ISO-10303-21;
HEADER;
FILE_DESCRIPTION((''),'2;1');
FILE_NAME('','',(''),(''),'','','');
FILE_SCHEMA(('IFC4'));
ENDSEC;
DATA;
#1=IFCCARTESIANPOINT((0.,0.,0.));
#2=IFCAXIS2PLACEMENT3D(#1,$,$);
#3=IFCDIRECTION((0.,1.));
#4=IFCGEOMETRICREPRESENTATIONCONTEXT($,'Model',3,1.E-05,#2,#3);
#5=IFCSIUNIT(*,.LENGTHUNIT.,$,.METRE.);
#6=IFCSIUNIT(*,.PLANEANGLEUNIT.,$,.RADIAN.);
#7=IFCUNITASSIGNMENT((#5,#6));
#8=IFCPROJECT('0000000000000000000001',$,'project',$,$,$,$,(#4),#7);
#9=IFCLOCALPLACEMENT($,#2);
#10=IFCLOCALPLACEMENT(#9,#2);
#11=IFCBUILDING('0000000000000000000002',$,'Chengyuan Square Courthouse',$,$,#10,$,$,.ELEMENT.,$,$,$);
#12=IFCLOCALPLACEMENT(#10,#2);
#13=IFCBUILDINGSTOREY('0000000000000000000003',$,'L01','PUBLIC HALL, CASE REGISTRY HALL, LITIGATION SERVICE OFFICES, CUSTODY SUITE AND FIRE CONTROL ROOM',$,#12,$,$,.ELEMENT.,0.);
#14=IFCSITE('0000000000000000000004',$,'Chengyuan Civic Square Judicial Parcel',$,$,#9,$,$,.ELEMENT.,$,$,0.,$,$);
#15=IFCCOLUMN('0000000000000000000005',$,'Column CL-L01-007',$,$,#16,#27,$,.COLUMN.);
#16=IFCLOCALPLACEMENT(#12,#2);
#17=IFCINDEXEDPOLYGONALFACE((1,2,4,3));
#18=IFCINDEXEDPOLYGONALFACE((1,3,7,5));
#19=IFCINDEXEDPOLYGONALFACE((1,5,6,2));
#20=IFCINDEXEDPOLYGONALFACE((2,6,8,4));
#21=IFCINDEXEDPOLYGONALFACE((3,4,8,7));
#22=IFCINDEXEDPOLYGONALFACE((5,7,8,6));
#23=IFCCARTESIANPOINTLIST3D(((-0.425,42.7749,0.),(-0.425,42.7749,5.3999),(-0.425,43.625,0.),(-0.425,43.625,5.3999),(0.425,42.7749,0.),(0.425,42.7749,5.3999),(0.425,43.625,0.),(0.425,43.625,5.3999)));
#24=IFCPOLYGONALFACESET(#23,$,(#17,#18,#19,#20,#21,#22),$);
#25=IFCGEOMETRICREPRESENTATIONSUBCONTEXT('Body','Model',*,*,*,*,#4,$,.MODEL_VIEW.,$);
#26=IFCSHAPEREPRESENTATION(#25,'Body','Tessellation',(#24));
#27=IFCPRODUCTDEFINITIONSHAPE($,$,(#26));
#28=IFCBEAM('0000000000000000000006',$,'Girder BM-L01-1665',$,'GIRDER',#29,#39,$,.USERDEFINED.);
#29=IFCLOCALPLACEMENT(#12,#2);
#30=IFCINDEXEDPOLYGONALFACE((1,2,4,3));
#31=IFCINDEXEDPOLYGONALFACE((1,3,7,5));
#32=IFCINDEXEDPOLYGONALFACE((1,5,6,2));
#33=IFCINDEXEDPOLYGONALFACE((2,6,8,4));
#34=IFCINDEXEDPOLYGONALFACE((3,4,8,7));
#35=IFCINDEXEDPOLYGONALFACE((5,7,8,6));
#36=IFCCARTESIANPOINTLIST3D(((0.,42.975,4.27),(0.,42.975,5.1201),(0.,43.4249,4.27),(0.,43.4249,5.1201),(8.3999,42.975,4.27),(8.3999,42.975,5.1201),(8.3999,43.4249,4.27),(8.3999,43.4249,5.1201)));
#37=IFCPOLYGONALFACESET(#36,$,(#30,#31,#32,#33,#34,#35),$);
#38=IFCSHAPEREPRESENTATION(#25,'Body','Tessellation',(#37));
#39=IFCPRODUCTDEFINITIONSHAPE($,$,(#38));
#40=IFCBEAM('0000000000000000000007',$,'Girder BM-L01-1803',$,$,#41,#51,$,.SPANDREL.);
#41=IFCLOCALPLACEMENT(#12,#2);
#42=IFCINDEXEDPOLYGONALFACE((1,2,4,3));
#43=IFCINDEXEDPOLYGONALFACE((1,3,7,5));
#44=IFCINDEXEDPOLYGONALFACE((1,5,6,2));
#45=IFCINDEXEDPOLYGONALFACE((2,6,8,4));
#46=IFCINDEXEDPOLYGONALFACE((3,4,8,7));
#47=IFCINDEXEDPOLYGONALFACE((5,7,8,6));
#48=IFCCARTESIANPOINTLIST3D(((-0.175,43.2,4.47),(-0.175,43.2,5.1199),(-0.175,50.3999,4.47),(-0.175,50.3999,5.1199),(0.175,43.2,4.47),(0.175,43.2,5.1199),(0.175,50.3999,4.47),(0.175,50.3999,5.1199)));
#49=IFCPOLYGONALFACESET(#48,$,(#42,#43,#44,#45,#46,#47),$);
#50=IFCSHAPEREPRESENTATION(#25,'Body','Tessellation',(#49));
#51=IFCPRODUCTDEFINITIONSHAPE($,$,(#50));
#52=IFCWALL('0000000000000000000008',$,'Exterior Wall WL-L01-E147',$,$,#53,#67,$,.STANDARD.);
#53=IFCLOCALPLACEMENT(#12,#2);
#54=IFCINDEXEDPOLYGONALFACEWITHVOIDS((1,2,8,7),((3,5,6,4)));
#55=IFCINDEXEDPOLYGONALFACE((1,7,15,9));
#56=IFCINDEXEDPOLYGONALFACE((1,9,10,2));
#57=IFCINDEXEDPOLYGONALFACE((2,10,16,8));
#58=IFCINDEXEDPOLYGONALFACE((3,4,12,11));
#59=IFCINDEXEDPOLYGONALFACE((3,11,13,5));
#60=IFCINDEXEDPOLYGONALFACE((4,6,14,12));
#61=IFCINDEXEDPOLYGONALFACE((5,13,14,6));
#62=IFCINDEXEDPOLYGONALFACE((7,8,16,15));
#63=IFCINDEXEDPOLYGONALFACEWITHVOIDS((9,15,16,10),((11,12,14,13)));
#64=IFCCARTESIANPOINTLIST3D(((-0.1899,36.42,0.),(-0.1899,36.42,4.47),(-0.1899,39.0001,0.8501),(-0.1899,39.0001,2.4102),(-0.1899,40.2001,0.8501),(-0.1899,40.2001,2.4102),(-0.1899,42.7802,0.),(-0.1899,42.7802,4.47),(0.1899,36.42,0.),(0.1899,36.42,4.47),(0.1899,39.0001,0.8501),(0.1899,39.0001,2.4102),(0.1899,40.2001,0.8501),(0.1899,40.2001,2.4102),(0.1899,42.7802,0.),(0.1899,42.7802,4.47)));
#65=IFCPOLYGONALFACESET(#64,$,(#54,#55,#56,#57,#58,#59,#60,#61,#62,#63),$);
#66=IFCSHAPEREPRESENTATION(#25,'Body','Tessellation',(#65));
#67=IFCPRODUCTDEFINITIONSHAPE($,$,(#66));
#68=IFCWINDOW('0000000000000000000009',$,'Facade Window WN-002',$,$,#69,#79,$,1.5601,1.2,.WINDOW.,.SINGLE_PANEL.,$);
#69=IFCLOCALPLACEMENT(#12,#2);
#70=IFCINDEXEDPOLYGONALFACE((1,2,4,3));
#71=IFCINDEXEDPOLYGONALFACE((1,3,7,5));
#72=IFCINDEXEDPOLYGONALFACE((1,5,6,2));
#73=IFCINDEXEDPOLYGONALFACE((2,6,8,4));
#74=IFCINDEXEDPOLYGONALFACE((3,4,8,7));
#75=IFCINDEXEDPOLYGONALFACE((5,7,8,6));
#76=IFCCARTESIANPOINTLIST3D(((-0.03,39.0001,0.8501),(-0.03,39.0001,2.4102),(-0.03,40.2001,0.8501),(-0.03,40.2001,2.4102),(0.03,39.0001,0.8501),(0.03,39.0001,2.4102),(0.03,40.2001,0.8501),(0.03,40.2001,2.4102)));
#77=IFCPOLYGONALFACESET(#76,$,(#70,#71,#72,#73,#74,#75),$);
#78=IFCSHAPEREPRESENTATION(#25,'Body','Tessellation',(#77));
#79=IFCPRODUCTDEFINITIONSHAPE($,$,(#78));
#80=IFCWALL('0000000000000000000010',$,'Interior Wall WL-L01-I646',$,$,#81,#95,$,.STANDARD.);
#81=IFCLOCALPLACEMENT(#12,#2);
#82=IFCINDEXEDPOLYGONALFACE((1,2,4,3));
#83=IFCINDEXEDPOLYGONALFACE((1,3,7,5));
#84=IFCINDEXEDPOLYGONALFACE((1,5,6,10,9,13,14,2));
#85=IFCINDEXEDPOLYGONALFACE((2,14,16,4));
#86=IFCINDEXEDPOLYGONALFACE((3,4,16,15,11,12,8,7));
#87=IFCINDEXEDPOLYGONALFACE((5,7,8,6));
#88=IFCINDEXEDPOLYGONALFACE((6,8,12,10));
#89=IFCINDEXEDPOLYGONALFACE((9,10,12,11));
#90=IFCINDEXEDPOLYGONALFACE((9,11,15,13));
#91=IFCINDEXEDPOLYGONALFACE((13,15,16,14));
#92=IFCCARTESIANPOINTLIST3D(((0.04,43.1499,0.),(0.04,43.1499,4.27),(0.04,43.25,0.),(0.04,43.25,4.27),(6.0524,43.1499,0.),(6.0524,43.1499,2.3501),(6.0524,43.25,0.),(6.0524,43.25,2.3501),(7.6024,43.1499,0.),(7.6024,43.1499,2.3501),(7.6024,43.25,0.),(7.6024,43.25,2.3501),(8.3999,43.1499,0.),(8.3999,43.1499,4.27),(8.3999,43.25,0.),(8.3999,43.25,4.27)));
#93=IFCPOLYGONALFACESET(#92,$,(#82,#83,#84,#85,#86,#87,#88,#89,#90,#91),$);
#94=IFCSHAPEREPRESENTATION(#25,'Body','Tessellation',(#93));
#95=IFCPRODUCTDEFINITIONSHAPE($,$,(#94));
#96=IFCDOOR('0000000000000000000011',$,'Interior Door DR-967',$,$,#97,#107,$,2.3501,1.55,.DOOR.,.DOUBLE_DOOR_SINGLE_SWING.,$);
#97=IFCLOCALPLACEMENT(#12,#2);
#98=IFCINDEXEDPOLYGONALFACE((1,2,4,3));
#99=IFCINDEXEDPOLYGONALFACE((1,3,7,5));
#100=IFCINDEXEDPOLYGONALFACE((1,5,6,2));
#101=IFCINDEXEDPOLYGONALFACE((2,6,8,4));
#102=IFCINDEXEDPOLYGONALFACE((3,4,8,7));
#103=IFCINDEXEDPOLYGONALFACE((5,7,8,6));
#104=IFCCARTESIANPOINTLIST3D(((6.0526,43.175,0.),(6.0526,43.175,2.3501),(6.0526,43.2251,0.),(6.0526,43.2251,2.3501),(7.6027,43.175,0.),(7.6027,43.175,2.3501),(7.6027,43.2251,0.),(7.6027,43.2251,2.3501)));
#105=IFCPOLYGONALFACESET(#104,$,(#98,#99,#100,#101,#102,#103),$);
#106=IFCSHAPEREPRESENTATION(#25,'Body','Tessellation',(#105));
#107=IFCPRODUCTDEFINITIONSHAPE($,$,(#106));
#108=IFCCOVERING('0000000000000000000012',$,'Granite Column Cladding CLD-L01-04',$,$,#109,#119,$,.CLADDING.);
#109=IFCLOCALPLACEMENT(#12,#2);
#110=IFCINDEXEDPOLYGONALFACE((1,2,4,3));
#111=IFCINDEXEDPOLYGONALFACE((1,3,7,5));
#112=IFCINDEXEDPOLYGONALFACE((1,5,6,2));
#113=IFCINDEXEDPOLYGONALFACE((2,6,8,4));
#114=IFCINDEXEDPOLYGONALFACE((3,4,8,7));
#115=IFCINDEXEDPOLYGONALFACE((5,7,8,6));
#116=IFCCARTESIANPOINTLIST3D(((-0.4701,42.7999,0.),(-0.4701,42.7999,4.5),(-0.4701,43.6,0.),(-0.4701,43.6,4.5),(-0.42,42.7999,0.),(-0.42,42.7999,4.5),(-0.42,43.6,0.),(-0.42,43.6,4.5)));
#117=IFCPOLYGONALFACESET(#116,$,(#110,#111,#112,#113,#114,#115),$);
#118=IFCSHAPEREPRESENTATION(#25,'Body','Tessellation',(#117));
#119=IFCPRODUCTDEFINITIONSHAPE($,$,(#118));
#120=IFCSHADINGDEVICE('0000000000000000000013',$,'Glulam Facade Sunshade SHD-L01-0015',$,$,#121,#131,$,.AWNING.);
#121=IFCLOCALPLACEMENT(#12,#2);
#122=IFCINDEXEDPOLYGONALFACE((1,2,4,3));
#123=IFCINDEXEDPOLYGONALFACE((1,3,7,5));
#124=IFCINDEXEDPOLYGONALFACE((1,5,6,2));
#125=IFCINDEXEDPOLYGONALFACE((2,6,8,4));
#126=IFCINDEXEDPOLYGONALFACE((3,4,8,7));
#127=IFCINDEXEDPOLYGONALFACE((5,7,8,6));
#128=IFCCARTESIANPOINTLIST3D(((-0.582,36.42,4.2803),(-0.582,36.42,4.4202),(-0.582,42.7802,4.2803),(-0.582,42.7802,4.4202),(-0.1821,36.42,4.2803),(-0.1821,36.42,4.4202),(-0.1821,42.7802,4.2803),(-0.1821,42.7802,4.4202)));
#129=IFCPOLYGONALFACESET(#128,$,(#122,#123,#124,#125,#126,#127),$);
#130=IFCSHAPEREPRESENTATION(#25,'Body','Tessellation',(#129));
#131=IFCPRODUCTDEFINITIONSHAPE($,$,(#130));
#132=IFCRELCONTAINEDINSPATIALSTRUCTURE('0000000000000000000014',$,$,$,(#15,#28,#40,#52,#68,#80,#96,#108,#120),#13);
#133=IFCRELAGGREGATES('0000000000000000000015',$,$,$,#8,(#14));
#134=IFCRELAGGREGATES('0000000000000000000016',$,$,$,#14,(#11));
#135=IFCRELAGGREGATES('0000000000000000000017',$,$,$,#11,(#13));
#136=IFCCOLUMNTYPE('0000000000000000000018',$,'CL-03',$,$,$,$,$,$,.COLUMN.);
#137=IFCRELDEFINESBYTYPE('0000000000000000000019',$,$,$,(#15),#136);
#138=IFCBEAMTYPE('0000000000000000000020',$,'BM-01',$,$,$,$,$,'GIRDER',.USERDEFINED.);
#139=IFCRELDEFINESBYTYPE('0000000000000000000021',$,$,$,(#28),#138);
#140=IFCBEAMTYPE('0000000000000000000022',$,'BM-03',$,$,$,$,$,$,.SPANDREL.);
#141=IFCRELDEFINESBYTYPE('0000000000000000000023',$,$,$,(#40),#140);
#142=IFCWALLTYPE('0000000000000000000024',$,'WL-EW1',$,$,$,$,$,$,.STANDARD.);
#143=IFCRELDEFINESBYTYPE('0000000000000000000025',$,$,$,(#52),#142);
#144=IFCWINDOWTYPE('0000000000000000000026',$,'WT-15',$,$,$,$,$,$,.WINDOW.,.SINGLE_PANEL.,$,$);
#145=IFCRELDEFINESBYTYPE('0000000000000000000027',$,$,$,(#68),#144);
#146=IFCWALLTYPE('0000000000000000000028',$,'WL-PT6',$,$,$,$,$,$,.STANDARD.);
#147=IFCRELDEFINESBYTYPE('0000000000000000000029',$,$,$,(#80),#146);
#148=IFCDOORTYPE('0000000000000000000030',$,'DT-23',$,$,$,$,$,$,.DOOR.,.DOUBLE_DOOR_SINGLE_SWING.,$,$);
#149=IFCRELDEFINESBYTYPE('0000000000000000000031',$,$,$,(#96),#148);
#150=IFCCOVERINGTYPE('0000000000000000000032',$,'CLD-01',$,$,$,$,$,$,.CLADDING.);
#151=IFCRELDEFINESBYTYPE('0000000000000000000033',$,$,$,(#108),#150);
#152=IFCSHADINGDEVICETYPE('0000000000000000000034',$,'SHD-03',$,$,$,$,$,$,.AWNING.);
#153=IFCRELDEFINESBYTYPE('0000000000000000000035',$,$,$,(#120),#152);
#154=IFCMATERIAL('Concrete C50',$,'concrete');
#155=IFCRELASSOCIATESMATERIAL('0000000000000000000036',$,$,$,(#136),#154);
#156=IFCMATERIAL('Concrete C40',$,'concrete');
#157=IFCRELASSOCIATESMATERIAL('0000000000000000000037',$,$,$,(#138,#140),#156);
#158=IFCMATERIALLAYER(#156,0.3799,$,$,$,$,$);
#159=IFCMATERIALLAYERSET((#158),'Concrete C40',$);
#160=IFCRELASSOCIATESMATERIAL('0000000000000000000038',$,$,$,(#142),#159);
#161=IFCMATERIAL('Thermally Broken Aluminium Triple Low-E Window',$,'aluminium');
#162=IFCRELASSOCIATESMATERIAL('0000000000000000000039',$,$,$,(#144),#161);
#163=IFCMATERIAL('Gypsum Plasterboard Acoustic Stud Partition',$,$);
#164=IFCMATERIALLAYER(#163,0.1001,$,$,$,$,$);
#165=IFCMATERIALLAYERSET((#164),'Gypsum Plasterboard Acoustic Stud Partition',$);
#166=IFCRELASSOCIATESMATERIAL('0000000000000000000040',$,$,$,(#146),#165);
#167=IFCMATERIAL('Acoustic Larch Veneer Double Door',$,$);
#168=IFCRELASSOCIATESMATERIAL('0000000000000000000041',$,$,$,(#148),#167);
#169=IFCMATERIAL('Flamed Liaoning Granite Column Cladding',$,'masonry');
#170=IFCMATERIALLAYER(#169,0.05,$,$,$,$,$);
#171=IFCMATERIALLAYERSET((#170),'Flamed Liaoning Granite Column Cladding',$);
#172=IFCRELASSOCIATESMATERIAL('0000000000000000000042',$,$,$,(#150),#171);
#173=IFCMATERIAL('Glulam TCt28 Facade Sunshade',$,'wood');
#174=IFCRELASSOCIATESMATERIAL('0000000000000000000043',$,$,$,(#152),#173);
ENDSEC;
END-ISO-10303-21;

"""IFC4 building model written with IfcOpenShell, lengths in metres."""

from ifc_helpers import new_model, si_unit, direction, frame, frame_2d, origin, origin_2d, place, context, subcontext, project, spatial, rectangle, extrude, material, layer, layer_set, material_profile, profile_set, type_object, element, fill, save


model = new_model("IFC4")

# Units and contexts
model_context = context("Model", 3, precision=1e-05, world=origin(), true_north=direction((0.0, 1.0)))
body_context = subcontext(model_context, "Body", "Model", "MODEL_VIEW")
ifc_project = project(units=[si_unit("LENGTHUNIT", "METRE"), si_unit("PLANEANGLEUNIT", "RADIAN")], contexts=[model_context])

# Site, building, storey
site_placement = place(None, origin())
site = spatial("IfcSite", under=ifc_project, at=site_placement, Name="Chengyuan Civic Square Judicial Parcel", CompositionType="ELEMENT", RefElevation=0.0)
building_placement = place(site_placement, origin())
building = spatial("IfcBuilding", under=site, at=building_placement, Name="Chengyuan Square Courthouse", CompositionType="ELEMENT")
storey_placement = place(building_placement, origin())
storey = spatial("IfcBuildingStorey", under=building, at=storey_placement, Name="L01", Description="PUBLIC HALL, CASE REGISTRY HALL, LITIGATION SERVICE OFFICES, CUSTODY SUITE AND FIRE CONTROL ROOM", CompositionType="ELEMENT", Elevation=0.0)

# Column
ifc_material_1 = material(Name="Concrete C50", Category="concrete")
ifc_material_profile_1 = material_profile(ifc_material_1, rectangle(XDim=0.8501, YDim=0.8501, at=origin_2d()), Name="RC-COL-850x850")
ifc_profile_set_1 = profile_set([ifc_material_profile_1], Name="Concrete C50")
column_type = type_object("IfcColumnType", Name="CL-03", PredefinedType="COLUMN", material=ifc_profile_set_1)
column_placement = place(storey_placement, frame((0.0, 43.2, 0.0), z_axis=(0.0, 0.0, 1.0), x_axis=(1.0, 0.0, 0.0)))
element("IfcColumn", 1, at=column_placement, inside=storey, type_object=column_type, Name="Column CL-L01-007", PredefinedType="COLUMN", context=body_context, shape_type="SweptSolid", body=[
    extrude(rectangle(XDim=0.8501, YDim=0.8501, at=origin_2d()), origin(), (0.0, 0.0, 1.0), 5.3999),
])

# Beams
ifc_material_2 = material(Name="Concrete C40", Category="concrete")
ifc_material_profile_2 = material_profile(ifc_material_2, rectangle(XDim=0.45, YDim=0.8501, at=origin_2d()), Name="RC-BM-450x850")
ifc_profile_set_2 = profile_set([ifc_material_profile_2], Name="Concrete C40")
beam_type_1 = type_object("IfcBeamType", Name="BM-01", ElementType="GIRDER", PredefinedType="USERDEFINED", material=ifc_profile_set_2)
beam_1_placement = place(storey_placement, frame((0.0, 43.2, 4.6951), z_axis=(1.0, 0.0, 0.0), x_axis=(0.0, 1.0, 0.0)))
element("IfcBeam", 2, at=beam_1_placement, inside=storey, type_object=beam_type_1, Name="Girder BM-L01-1665", ObjectType="GIRDER", PredefinedType="USERDEFINED", context=body_context, shape_type="SweptSolid", body=[
    extrude(rectangle(XDim=0.45, YDim=0.8501, at=origin_2d()), origin(), (0.0, 0.0, 1.0), 8.3999),
])
ifc_material_profile_3 = material_profile(ifc_material_2, rectangle(XDim=0.3501, YDim=0.6499, at=origin_2d()), Name="RC-BM-350x650")
ifc_profile_set_3 = profile_set([ifc_material_profile_3], Name="Concrete C40")
beam_type_2 = type_object("IfcBeamType", Name="BM-03", PredefinedType="SPANDREL", material=ifc_profile_set_3)
beam_2_placement = place(storey_placement, frame((0.0, 43.2, 4.7949), z_axis=(0.0, 1.0, 0.0), x_axis=(-1.0, 0.0, 0.0)))
element("IfcBeam", 3, at=beam_2_placement, inside=storey, type_object=beam_type_2, Name="Girder BM-L01-1803", PredefinedType="SPANDREL", context=body_context, shape_type="SweptSolid", body=[
    extrude(rectangle(XDim=0.3501, YDim=0.6499, at=origin_2d()), origin(), (0.0, 0.0, 1.0), 7.2),
])

# Wall, opening, window
ifc_layer_1 = layer(ifc_material_2, 0.3799)
ifc_layer_set_1 = layer_set([ifc_layer_1], Name="Concrete C40")
wall_type_1 = type_object("IfcWallType", Name="WL-EW1", PredefinedType="STANDARD", material=ifc_layer_set_1)
wall_1_placement = place(storey_placement, frame((0.0, 36.4199, 0.0), z_axis=(0.0, 0.0, 1.0), x_axis=(0.0, 1.0, 0.0)))
wall_1 = element("IfcWall", 4, at=wall_1_placement, inside=storey, type_object=wall_type_1, Name="Exterior Wall WL-L01-E147", PredefinedType="STANDARD", context=body_context, shape_type="SweptSolid", body=[
    extrude(rectangle(XDim=6.3601, YDim=0.3799, at=frame_2d((3.1802, 0.0))), origin(), (0.0, 0.0, 1.0), 4.47),
])
opening_1_placement = place(wall_1_placement, frame((2.5801, 0.0, 0.8501)))
opening_1 = element("IfcOpeningElement", 5, at=opening_1_placement, cuts=wall_1, PredefinedType="OPENING", context=body_context, shape_type="SweptSolid", body=[
    extrude(rectangle(XDim=1.2, YDim=1.5601, at=frame_2d((0.6001, 0.78))), frame((0.0, 0.2019, 0.0), z_axis=(0.0, -1.0, 0.0), x_axis=(1.0, 0.0, 0.0)), (0.0, 0.0, 1.0), 0.4038),
])
ifc_material_3 = material(Name="Thermally Broken Aluminium Triple Low-E Window", Category="aluminium")
window_type = type_object("IfcWindowType", Name="WT-15", PartitioningType="SINGLE_PANEL", PredefinedType="WINDOW", material=ifc_material_3)
window_placement = place(opening_1_placement, origin())
window = element("IfcWindow", 6, at=window_placement, inside=storey, type_object=window_type, Name="Facade Window WN-002", OverallHeight=1.5601, OverallWidth=1.2, PartitioningType="SINGLE_PANEL", PredefinedType="WINDOW", context=body_context, shape_type="SweptSolid", body=[
    extrude(rectangle(XDim=1.2, YDim=1.5601, at=frame_2d((0.6001, 0.78))), frame((0.0, 0.03, 0.0), z_axis=(0.0, -1.0, 0.0), x_axis=(1.0, 0.0, 0.0)), (0.0, 0.0, 1.0), 0.0601),
])
fill(opening_1, window)

# Wall, opening, door
ifc_material_4 = material(Name="Gypsum Plasterboard Acoustic Stud Partition")
ifc_layer_2 = layer(ifc_material_4, 0.1001)
ifc_layer_set_2 = layer_set([ifc_layer_2], Name="Gypsum Plasterboard Acoustic Stud Partition")
wall_type_2 = type_object("IfcWallType", Name="WL-PT6", PredefinedType="STANDARD", material=ifc_layer_set_2)
wall_2_placement = place(storey_placement, frame((0.04, 43.2, 0.0), z_axis=(0.0, 0.0, 1.0), x_axis=(1.0, 0.0, 0.0)))
wall_2 = element("IfcWall", 7, at=wall_2_placement, inside=storey, type_object=wall_type_2, Name="Interior Wall WL-L01-I646", PredefinedType="STANDARD", context=body_context, shape_type="SweptSolid", body=[
    extrude(rectangle(XDim=8.3599, YDim=0.1001, at=frame_2d((4.1799, 0.0))), origin(), (0.0, 0.0, 1.0), 4.27),
])
opening_2_placement = place(wall_2_placement, frame((6.0125, 0.0, 0.0)))
opening_2 = element("IfcOpeningElement", 8, at=opening_2_placement, cuts=wall_2, PredefinedType="OPENING", context=body_context, shape_type="SweptSolid", body=[
    extrude(rectangle(XDim=1.55, YDim=2.3501, at=frame_2d((0.7749, 1.175))), frame((0.0, 0.062, 0.0), z_axis=(0.0, -1.0, 0.0), x_axis=(1.0, 0.0, 0.0)), (0.0, 0.0, 1.0), 0.124),
])
ifc_material_5 = material(Name="Acoustic Larch Veneer Double Door")
door_type = type_object("IfcDoorType", Name="DT-23", OperationType="DOUBLE_DOOR_SINGLE_SWING", PredefinedType="DOOR", material=ifc_material_5)
door_placement = place(opening_2_placement, frame((1.55, 0.0, 0.0), z_axis=(0.0, 0.0, 1.0), x_axis=(-1.0, 0.0, 0.0)))
door = element("IfcDoor", 9, at=door_placement, inside=storey, type_object=door_type, Name="Interior Door DR-967", OperationType="DOUBLE_DOOR_SINGLE_SWING", OverallHeight=2.3501, OverallWidth=1.55, PredefinedType="DOOR", context=body_context, shape_type="SweptSolid", body=[
    extrude(rectangle(XDim=1.55, YDim=2.3501, at=frame_2d((0.7749, 1.175))), frame((0.0, 0.0249, 0.0), z_axis=(0.0, -1.0, 0.0), x_axis=(1.0, 0.0, 0.0)), (0.0, 0.0, 1.0), 0.05),
])
fill(opening_2, door)

# Covering
ifc_material_6 = material(Name="Flamed Liaoning Granite Column Cladding", Category="masonry")
ifc_layer_3 = layer(ifc_material_6, 0.05)
ifc_layer_set_3 = layer_set([ifc_layer_3], Name="Flamed Liaoning Granite Column Cladding")
covering_type = type_object("IfcCoveringType", Name="CLD-01", PredefinedType="CLADDING", material=ifc_layer_set_3)
covering_placement = place(storey_placement, frame((-0.4451, 43.2, 0.0), z_axis=(0.0, 0.0, 1.0), x_axis=(1.0, 0.0, 0.0)))
element("IfcCovering", 10, at=covering_placement, inside=storey, type_object=covering_type, Name="Granite Column Cladding CLD-L01-04", PredefinedType="CLADDING", context=body_context, shape_type="SweptSolid", body=[
    extrude(rectangle(XDim=0.05, YDim=0.8, at=origin_2d()), origin(), (0.0, 0.0, 1.0), 4.5),
])

# Shading device
ifc_material_7 = material(Name="Glulam TCt28 Facade Sunshade", Category="wood")
shading_device_type = type_object("IfcShadingDeviceType", Name="SHD-03", PredefinedType="AWNING", material=ifc_material_7)
shading_device_placement = place(storey_placement, frame((-0.3821, 39.6001, 4.2803), z_axis=(0.0, 0.0, 1.0), x_axis=(0.0, 1.0, 0.0)))
element("IfcShadingDevice", 11, at=shading_device_placement, inside=storey, type_object=shading_device_type, Name="Glulam Facade Sunshade SHD-L01-0015", PredefinedType="AWNING", context=body_context, shape_type="SweptSolid", body=[
    extrude(rectangle(XDim=6.3601, YDim=0.3999, at=origin_2d()), origin(), (0.0, 0.0, 1.0), 0.1399),
])

save(model, "model.ifc")
